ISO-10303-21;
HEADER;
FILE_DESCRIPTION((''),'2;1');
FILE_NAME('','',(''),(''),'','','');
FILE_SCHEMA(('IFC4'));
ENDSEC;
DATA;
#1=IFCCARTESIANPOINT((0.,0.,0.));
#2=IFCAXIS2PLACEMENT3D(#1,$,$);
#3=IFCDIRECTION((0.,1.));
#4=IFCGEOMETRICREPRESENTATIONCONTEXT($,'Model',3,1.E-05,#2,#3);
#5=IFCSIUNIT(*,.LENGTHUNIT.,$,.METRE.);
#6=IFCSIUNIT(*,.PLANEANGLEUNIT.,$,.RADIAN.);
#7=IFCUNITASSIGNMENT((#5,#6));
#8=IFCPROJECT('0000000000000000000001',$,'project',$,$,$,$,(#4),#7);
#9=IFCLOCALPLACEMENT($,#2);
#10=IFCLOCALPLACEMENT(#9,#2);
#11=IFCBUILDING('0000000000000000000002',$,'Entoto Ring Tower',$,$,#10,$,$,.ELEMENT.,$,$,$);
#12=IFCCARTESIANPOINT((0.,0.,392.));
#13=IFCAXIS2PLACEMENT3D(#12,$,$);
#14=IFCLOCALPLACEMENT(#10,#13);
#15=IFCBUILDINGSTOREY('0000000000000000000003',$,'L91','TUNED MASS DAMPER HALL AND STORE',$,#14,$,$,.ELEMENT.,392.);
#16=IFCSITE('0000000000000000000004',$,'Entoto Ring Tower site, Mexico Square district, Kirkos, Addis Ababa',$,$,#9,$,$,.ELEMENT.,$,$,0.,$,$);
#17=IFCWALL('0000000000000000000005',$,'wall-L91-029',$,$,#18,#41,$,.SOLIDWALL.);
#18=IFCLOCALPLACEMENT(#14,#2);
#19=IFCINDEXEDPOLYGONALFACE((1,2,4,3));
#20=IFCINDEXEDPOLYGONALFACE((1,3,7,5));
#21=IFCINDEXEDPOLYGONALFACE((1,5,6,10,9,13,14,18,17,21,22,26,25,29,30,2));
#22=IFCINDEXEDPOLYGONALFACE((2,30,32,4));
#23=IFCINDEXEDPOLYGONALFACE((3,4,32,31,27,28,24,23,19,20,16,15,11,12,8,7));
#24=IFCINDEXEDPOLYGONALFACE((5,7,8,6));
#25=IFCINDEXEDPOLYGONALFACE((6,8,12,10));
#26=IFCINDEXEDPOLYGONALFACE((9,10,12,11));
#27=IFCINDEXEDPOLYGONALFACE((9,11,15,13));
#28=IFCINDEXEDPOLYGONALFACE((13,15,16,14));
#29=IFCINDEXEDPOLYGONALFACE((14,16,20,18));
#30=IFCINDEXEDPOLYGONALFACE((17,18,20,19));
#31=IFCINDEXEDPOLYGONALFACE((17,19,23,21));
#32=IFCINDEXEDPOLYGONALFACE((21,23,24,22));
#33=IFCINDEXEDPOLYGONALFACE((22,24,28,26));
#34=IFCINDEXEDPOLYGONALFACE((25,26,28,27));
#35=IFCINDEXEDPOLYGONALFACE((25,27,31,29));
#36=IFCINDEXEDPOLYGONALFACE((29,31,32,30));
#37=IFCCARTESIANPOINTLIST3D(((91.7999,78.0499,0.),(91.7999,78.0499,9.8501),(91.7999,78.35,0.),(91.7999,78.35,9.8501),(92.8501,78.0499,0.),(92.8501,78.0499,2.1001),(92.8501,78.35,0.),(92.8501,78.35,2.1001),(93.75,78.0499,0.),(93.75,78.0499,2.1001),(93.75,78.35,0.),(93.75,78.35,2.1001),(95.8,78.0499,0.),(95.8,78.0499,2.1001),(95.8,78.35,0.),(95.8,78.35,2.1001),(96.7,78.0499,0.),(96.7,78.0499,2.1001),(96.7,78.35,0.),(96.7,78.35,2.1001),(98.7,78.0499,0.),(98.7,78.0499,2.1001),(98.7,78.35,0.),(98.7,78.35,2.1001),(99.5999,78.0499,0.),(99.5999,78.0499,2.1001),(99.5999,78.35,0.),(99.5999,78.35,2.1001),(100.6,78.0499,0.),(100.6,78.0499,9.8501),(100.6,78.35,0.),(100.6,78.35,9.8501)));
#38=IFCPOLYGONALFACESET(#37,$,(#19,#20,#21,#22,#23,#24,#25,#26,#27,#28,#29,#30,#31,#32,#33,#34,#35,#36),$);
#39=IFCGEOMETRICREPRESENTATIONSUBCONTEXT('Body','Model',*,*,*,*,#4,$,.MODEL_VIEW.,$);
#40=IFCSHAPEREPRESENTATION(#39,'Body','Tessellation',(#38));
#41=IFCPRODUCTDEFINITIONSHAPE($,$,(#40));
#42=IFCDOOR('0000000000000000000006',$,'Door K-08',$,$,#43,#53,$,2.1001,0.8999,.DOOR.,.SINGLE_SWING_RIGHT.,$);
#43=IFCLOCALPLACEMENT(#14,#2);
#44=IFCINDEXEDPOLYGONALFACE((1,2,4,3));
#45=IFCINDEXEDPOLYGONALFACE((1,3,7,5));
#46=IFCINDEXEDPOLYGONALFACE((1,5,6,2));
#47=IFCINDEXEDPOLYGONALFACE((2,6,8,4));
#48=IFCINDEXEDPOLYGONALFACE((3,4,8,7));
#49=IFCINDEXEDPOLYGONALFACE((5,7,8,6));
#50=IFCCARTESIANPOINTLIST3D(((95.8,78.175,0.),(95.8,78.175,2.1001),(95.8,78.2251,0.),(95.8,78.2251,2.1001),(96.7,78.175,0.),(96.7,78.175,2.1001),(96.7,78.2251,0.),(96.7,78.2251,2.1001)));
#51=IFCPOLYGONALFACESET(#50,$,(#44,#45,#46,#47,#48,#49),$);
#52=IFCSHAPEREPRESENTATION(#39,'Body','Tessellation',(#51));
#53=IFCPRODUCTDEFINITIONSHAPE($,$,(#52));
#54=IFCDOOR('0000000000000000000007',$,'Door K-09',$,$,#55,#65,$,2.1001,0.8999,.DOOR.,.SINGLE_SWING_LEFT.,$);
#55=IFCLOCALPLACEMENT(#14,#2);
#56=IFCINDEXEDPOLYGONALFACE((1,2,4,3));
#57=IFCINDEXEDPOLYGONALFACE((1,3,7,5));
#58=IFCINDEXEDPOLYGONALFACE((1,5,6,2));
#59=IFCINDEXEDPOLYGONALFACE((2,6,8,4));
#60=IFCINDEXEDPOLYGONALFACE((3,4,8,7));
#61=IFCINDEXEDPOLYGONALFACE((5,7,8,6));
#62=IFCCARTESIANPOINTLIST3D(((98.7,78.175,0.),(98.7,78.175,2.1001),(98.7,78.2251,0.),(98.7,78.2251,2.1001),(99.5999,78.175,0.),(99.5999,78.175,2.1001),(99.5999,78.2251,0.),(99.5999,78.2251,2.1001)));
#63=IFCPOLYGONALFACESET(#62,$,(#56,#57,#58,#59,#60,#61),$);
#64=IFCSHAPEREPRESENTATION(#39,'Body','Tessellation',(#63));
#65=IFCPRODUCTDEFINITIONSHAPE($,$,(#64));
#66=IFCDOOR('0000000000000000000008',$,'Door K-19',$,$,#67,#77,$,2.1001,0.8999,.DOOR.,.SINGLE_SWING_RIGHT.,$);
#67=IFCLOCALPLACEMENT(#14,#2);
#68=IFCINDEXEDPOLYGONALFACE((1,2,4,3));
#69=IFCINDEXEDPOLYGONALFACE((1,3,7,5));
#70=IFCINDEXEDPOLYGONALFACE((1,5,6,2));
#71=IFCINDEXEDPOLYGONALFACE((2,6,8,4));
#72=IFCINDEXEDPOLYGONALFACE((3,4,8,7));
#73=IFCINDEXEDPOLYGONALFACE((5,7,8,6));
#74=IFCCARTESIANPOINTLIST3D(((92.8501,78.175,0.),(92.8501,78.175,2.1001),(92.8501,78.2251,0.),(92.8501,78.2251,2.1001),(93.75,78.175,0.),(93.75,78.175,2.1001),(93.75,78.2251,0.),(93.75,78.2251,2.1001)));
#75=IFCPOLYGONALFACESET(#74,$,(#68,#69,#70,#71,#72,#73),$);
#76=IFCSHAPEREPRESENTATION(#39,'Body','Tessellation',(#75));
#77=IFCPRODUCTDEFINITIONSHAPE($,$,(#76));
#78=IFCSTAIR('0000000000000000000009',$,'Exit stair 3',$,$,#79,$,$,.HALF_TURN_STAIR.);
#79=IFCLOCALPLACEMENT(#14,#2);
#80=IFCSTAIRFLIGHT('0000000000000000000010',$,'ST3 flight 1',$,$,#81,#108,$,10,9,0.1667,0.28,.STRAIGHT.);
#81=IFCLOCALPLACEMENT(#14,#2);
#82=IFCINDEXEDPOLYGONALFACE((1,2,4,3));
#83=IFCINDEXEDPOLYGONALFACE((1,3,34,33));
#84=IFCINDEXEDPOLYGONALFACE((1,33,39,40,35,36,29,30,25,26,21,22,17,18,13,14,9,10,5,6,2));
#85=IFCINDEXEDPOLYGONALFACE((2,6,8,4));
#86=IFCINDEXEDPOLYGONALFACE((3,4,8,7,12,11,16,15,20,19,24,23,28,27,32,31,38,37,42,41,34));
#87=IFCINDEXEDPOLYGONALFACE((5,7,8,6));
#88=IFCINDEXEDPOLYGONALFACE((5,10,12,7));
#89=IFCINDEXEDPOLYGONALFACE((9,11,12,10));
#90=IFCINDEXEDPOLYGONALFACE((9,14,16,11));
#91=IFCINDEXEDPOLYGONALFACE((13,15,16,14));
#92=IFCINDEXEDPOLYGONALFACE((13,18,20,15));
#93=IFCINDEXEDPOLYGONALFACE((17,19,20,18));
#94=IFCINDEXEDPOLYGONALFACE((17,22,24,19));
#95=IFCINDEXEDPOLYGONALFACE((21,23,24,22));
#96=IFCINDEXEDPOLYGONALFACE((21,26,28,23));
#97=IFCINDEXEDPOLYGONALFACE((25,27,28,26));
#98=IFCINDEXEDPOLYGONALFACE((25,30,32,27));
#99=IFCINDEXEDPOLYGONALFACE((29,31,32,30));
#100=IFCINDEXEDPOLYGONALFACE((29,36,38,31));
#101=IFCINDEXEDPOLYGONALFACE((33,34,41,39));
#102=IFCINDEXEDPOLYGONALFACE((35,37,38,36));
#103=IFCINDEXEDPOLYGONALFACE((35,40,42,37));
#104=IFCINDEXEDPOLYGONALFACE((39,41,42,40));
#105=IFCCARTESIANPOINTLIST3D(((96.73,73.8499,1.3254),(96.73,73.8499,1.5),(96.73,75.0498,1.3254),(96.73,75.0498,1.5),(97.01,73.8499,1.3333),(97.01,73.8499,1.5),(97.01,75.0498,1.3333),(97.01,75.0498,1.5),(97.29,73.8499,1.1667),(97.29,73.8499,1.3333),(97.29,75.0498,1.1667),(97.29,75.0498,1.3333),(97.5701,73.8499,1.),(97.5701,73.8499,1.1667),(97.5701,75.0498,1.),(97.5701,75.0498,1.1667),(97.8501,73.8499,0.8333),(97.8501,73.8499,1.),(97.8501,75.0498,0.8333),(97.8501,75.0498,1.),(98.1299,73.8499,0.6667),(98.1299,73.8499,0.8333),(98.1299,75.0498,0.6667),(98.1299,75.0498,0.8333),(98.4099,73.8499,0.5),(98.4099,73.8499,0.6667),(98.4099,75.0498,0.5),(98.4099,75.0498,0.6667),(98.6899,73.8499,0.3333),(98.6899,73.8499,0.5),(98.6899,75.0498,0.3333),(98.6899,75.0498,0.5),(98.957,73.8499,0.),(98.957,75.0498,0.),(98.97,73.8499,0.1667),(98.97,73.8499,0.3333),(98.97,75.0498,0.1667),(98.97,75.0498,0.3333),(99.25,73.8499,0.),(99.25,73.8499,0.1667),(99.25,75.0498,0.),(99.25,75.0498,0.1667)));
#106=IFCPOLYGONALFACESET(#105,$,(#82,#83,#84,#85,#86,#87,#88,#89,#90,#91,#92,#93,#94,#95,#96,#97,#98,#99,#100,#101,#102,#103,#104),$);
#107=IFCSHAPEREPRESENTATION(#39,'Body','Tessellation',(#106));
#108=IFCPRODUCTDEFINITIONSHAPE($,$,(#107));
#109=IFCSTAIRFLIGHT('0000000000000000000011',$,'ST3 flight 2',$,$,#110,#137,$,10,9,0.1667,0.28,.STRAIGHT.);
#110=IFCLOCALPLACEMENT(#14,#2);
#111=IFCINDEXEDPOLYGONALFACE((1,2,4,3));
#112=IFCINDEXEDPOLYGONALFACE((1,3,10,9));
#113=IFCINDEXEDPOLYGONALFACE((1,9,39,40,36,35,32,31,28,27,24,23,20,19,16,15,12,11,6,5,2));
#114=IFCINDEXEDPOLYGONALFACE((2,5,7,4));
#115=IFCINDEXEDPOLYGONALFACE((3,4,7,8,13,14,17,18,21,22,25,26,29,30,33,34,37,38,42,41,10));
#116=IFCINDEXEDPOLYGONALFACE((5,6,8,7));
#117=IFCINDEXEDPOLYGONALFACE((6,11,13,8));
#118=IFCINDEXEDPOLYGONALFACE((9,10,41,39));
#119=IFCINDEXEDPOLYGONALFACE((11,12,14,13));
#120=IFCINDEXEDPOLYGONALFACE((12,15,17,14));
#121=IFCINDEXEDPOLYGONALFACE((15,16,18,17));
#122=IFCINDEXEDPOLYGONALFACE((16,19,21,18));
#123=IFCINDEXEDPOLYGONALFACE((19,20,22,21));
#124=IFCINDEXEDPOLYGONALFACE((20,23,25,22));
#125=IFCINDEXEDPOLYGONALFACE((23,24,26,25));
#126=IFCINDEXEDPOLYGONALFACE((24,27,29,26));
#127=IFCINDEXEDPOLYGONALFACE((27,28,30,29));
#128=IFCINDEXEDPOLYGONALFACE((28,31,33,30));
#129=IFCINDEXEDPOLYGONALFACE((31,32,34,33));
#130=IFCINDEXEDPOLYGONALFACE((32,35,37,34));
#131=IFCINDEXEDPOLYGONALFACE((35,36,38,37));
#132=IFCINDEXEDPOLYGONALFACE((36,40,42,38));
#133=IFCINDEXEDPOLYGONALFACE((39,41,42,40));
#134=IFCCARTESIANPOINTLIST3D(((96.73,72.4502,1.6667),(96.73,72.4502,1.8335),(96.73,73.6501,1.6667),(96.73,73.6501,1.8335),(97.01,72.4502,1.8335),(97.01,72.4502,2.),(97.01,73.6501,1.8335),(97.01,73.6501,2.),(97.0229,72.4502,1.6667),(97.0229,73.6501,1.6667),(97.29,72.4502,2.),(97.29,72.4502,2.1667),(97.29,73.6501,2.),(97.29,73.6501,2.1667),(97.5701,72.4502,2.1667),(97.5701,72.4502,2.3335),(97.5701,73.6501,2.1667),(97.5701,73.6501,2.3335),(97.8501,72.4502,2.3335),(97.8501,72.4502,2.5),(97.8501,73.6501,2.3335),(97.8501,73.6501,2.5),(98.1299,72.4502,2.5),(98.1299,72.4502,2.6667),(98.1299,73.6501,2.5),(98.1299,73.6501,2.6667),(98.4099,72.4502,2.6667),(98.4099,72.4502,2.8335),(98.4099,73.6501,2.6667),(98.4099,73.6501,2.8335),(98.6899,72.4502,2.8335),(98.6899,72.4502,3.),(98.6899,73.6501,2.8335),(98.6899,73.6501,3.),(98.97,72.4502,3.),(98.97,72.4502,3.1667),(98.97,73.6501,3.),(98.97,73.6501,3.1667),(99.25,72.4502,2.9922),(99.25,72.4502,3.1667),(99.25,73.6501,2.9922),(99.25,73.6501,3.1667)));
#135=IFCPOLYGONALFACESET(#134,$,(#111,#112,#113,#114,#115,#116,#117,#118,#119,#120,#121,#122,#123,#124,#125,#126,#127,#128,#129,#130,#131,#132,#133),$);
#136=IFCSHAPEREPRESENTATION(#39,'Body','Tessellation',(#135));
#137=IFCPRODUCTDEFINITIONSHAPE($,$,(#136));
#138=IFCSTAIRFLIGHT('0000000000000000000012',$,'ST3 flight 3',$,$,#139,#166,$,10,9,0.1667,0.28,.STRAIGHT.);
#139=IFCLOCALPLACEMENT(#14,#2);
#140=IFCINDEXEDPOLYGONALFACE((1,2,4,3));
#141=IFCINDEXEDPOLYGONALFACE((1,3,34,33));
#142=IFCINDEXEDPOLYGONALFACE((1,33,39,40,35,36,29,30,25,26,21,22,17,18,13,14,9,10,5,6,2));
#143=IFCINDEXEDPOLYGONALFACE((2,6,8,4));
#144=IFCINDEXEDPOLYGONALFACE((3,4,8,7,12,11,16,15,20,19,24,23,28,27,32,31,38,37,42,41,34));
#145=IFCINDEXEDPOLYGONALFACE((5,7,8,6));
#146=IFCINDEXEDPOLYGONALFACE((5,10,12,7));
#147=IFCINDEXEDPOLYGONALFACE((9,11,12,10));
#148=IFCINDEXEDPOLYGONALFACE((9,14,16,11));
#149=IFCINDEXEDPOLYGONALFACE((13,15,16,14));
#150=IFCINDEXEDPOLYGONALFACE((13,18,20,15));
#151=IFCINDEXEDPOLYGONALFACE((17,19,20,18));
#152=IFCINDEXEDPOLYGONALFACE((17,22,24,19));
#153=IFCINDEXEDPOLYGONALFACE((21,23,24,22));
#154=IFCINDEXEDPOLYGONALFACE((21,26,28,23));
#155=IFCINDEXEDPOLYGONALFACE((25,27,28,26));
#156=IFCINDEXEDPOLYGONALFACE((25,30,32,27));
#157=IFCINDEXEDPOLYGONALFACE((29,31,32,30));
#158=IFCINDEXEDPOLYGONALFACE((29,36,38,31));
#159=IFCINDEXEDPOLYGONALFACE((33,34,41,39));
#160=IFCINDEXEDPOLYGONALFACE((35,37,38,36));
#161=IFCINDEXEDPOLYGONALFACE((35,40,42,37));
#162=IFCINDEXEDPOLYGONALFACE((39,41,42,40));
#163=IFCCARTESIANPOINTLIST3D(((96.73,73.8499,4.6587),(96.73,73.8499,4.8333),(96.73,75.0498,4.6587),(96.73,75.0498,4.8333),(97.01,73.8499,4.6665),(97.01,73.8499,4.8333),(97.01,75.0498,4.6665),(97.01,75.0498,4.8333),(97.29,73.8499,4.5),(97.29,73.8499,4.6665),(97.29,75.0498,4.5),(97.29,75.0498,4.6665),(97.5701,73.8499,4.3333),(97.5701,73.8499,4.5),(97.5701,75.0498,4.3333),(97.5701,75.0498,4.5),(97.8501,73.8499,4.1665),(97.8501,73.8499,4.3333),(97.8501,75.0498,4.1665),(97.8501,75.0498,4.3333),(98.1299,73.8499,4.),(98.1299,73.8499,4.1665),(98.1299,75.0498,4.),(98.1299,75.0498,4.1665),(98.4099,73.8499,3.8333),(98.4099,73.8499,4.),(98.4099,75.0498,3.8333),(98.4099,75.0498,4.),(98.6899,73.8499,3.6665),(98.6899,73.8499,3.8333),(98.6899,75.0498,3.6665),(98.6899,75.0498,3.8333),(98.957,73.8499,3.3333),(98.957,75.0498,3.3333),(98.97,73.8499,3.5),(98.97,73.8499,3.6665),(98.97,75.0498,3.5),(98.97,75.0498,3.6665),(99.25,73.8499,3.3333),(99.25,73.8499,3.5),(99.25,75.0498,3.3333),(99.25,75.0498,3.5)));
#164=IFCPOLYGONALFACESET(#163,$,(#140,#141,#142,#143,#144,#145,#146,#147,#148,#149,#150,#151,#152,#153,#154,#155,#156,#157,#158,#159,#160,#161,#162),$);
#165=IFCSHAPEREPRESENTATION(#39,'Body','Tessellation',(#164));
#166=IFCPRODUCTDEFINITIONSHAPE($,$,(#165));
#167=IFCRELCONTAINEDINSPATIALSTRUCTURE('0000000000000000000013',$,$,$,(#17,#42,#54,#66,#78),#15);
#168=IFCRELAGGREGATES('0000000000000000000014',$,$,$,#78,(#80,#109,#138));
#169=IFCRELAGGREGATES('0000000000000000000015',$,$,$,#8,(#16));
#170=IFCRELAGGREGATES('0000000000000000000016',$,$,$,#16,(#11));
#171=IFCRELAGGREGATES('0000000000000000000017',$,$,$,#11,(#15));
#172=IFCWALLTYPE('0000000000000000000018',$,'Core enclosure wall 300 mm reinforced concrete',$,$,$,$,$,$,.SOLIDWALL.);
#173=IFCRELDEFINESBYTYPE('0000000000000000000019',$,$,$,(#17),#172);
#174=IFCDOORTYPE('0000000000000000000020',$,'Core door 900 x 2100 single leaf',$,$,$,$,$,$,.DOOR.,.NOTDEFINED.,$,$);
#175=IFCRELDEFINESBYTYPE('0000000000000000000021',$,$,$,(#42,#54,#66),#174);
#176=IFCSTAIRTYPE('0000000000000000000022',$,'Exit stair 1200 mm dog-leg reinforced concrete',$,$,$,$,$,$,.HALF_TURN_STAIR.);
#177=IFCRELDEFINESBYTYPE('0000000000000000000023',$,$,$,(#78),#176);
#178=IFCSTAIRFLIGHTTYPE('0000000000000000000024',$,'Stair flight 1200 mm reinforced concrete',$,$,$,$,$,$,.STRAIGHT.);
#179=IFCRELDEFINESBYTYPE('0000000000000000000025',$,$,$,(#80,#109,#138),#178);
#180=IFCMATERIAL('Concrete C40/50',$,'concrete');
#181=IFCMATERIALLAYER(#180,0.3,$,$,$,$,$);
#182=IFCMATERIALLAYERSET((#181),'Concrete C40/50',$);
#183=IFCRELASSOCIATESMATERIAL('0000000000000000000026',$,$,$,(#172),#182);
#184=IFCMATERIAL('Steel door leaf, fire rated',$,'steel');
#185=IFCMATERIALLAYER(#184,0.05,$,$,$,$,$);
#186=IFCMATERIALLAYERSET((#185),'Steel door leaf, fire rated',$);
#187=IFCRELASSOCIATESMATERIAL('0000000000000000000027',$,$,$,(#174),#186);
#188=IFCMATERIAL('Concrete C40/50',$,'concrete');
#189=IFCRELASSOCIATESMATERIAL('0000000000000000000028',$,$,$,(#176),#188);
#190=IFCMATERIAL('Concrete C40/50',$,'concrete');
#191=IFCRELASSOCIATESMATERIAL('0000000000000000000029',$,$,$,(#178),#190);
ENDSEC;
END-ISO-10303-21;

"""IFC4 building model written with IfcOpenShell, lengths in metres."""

from ifc_helpers import new_model, si_unit, direction, frame, frame_2d, origin, place, context, subcontext, project, spatial, polyline, rectangle, outline, extrude, material, layer, layer_set, type_object, element, fill, aggregate, save


model = new_model("IFC4")

# Units and contexts
model_context = context("Model", 3, precision=1e-05, world=origin(), true_north=direction((0.0, 1.0)))
body_context = subcontext(model_context, "Body", "Model", "MODEL_VIEW")
ifc_project = project(units=[si_unit("LENGTHUNIT", "METRE"), si_unit("PLANEANGLEUNIT", "RADIAN")], contexts=[model_context])

# Site, building, storey
site_placement = place(None, origin())
site = spatial("IfcSite", under=ifc_project, at=site_placement, Name="Entoto Ring Tower site, Mexico Square district, Kirkos, Addis Ababa", CompositionType="ELEMENT", RefElevation=0.0)
building_placement = place(site_placement, origin())
building = spatial("IfcBuilding", under=site, at=building_placement, Name="Entoto Ring Tower", CompositionType="ELEMENT")
storey_placement = place(building_placement, frame((0.0, 0.0, 392.0)))
storey = spatial("IfcBuildingStorey", under=building, at=storey_placement, Name="L91", Description="TUNED MASS DAMPER HALL AND STORE", CompositionType="ELEMENT", Elevation=392.0)

# Shared definitions
ifc_material_1 = material(Name="Concrete C40/50", Category="concrete")
ifc_layer_1 = layer(ifc_material_1, 0.3)
ifc_layer_set_1 = layer_set([ifc_layer_1], Name="Concrete C40/50")
wall_type = type_object("IfcWallType", Name="Core enclosure wall 300 mm reinforced concrete", PredefinedType="SOLIDWALL", material=ifc_layer_set_1)

# Wall, openings, doors
wall_1_placement = place(storey_placement, frame((91.8, 78.2, 0.0), z_axis=(0.0, 0.0, 1.0), x_axis=(1.0, 0.0, 0.0)))
wall_1 = element("IfcWall", 1, at=wall_1_placement, inside=storey, type_object=wall_type, Name="wall-L91-029", PredefinedType="SOLIDWALL", context=body_context, shape_type="SweptSolid", body=[
    extrude(rectangle(XDim=8.8, YDim=0.3, at=frame_2d((4.3999, 0.0))), origin(), (0.0, 0.0, 1.0), 9.8501),
])
opening_1_placement = place(wall_1_placement, frame((4.0, 0.0, 0.0)))
opening_1 = element("IfcOpeningElement", 2, at=opening_1_placement, cuts=wall_1, PredefinedType="OPENING", context=body_context, shape_type="SweptSolid", body=[
    extrude(rectangle(XDim=0.8999, YDim=2.1001, at=frame_2d((0.45, 1.05))), frame((0.0, 0.1602, 0.0), z_axis=(0.0, -1.0, 0.0), x_axis=(1.0, 0.0, 0.0)), (0.0, 0.0, 1.0), 0.3201),
])
opening_2_placement = place(wall_1_placement, frame((6.8999, 0.0, 0.0)))
opening_2 = element("IfcOpeningElement", 3, at=opening_2_placement, cuts=wall_1, PredefinedType="OPENING", context=body_context, shape_type="SweptSolid", body=[
    extrude(rectangle(XDim=0.8999, YDim=2.1001, at=frame_2d((0.45, 1.05))), frame((0.0, 0.1602, 0.0), z_axis=(0.0, -1.0, 0.0), x_axis=(1.0, 0.0, 0.0)), (0.0, 0.0, 1.0), 0.3201),
])
opening_3_placement = place(wall_1_placement, frame((1.05, 0.0, 0.0)))
opening_3 = element("IfcOpeningElement", 4, at=opening_3_placement, cuts=wall_1, PredefinedType="OPENING", context=body_context, shape_type="SweptSolid", body=[
    extrude(rectangle(XDim=0.8999, YDim=2.1001, at=frame_2d((0.45, 1.05))), frame((0.0, 0.1602, 0.0), z_axis=(0.0, -1.0, 0.0), x_axis=(1.0, 0.0, 0.0)), (0.0, 0.0, 1.0), 0.3201),
])
ifc_material_2 = material(Name="Steel door leaf, fire rated", Category="steel")
ifc_layer_2 = layer(ifc_material_2, 0.05)
ifc_layer_set_2 = layer_set([ifc_layer_2], Name="Steel door leaf, fire rated")
door_type_1 = type_object("IfcDoorType", Name="Core door 900 x 2100 single leaf", OperationType="NOTDEFINED", PredefinedType="DOOR", material=ifc_layer_set_2)
door_1_placement = place(opening_1_placement, frame((0.8999, 0.0, 0.0), z_axis=(0.0, 0.0, 1.0), x_axis=(-1.0, 0.0, 0.0)))
door_1 = element("IfcDoor", 5, at=door_1_placement, inside=storey, type_object=door_type_1, Name="Door K-08", OperationType="SINGLE_SWING_RIGHT", OverallHeight=2.1001, OverallWidth=0.8999, PredefinedType="DOOR", context=body_context, shape_type="SweptSolid", body=[
    extrude(rectangle(XDim=0.8999, YDim=2.1001, at=frame_2d((0.45, 1.05))), frame((0.0, 0.0249, 0.0), z_axis=(0.0, -1.0, 0.0), x_axis=(1.0, 0.0, 0.0)), (0.0, 0.0, 1.0), 0.05),
])
fill(opening_1, door_1)
door_2_placement = place(opening_2_placement, frame((0.8999, 0.0, 0.0), z_axis=(0.0, 0.0, 1.0), x_axis=(-1.0, 0.0, 0.0)))
door_2 = element("IfcDoor", 6, at=door_2_placement, inside=storey, type_object=door_type_1, Name="Door K-09", OperationType="SINGLE_SWING_LEFT", OverallHeight=2.1001, OverallWidth=0.8999, PredefinedType="DOOR", context=body_context, shape_type="SweptSolid", body=[
    extrude(rectangle(XDim=0.8999, YDim=2.1001, at=frame_2d((0.45, 1.05))), frame((0.0, 0.0249, 0.0), z_axis=(0.0, -1.0, 0.0), x_axis=(1.0, 0.0, 0.0)), (0.0, 0.0, 1.0), 0.05),
])
fill(opening_2, door_2)
door_3_placement = place(opening_3_placement, frame((0.8999, 0.0, 0.0), z_axis=(0.0, 0.0, 1.0), x_axis=(-1.0, 0.0, 0.0)))
door_3 = element("IfcDoor", 7, at=door_3_placement, inside=storey, type_object=door_type_1, Name="Door K-19", OperationType="SINGLE_SWING_RIGHT", OverallHeight=2.1001, OverallWidth=0.8999, PredefinedType="DOOR", context=body_context, shape_type="SweptSolid", body=[
    extrude(rectangle(XDim=0.8999, YDim=2.1001, at=frame_2d((0.45, 1.05))), frame((0.0, 0.0249, 0.0), z_axis=(0.0, -1.0, 0.0), x_axis=(1.0, 0.0, 0.0)), (0.0, 0.0, 1.0), 0.05),
])
fill(opening_3, door_3)

# Stair, stair flights
ifc_material_3 = material(Name="Concrete C40/50", Category="concrete")
stair_type = type_object("IfcStairType", Name="Exit stair 1200 mm dog-leg reinforced concrete", PredefinedType="HALF_TURN_STAIR", material=ifc_material_3)
stair_placement = place(storey_placement, origin())
stair = element("IfcStair", 8, at=stair_placement, inside=storey, type_object=stair_type, Name="Exit stair 3", PredefinedType="HALF_TURN_STAIR")
ifc_material_4 = material(Name="Concrete C40/50", Category="concrete")
stair_flight_type = type_object("IfcStairFlightType", Name="Stair flight 1200 mm reinforced concrete", PredefinedType="STRAIGHT", material=ifc_material_4)
stair_flight_1_placement = place(storey_placement, frame((99.25, 74.45, 0.0), z_axis=(0.0, 0.0, 1.0), x_axis=(-1.0, 0.0, 0.0)))
stair_flight_1 = element("IfcStairFlight", 9, at=stair_flight_1_placement, type_object=stair_flight_type, Name="ST3 flight 1", NumberOfRisers=10, NumberOfTreads=9, PredefinedType="STRAIGHT", RiserHeight=0.1667, TreadLength=0.28, context=body_context, shape_type="SweptSolid", body=[
    extrude(outline(polyline([(0.0, 0.0), (0.0, 0.1667), (0.28, 0.1667), (0.28, 0.3333), (0.5601, 0.3333), (0.5601, 0.5), (0.8401, 0.5), (0.8401, 0.6667), (1.1201, 0.6667), (1.1201, 0.8333), (1.3999, 0.8333), (1.3999, 1.0), (1.6799, 1.0), (1.6799, 1.1667), (1.96, 1.1667), (1.96, 1.3333), (2.24, 1.3333), (2.24, 1.5), (2.52, 1.5), (2.52, 1.6667), (2.52, 1.3254), (0.293, 0.0), (0.0, 0.0)])), frame((0.0, 0.6001, 0.0), z_axis=(0.0, -1.0, 0.0), x_axis=(1.0, 0.0, 0.0)), (0.0, 0.0, 1.0), 1.2),
])
stair_flight_2_placement = place(storey_placement, frame((96.73, 73.05, 1.6667), z_axis=(0.0, 0.0, 1.0), x_axis=(1.0, 0.0, 0.0)))
stair_flight_2 = element("IfcStairFlight", 10, at=stair_flight_2_placement, type_object=stair_flight_type, Name="ST3 flight 2", NumberOfRisers=10, NumberOfTreads=9, PredefinedType="STRAIGHT", RiserHeight=0.1667, TreadLength=0.28, context=body_context, shape_type="SweptSolid", body=[
    extrude(outline(polyline([(0.0, 0.0), (0.0, 0.1667), (0.28, 0.1667), (0.28, 0.3333), (0.5601, 0.3333), (0.5601, 0.5), (0.8401, 0.5), (0.8401, 0.6667), (1.1201, 0.6667), (1.1201, 0.8333), (1.3999, 0.8333), (1.3999, 1.0), (1.6799, 1.0), (1.6799, 1.1667), (1.96, 1.1667), (1.96, 1.3333), (2.24, 1.3333), (2.24, 1.5), (2.52, 1.5), (2.52, 1.6667), (2.52, 1.3254), (0.293, 0.0), (0.0, 0.0)])), frame((0.0, 0.6001, 0.0), z_axis=(0.0, -1.0, 0.0), x_axis=(1.0, 0.0, 0.0)), (0.0, 0.0, 1.0), 1.2),
])
stair_flight_3_placement = place(storey_placement, frame((99.25, 74.45, 3.3333), z_axis=(0.0, 0.0, 1.0), x_axis=(-1.0, 0.0, 0.0)))
stair_flight_3 = element("IfcStairFlight", 11, at=stair_flight_3_placement, type_object=stair_flight_type, Name="ST3 flight 3", NumberOfRisers=10, NumberOfTreads=9, PredefinedType="STRAIGHT", RiserHeight=0.1667, TreadLength=0.28, context=body_context, shape_type="SweptSolid", body=[
    extrude(outline(polyline([(0.0, 0.0), (0.0, 0.1667), (0.28, 0.1667), (0.28, 0.3333), (0.5601, 0.3333), (0.5601, 0.5), (0.8401, 0.5), (0.8401, 0.6667), (1.1201, 0.6667), (1.1201, 0.8333), (1.3999, 0.8333), (1.3999, 1.0), (1.6799, 1.0), (1.6799, 1.1667), (1.96, 1.1667), (1.96, 1.3333), (2.24, 1.3333), (2.24, 1.5), (2.52, 1.5), (2.52, 1.6667), (2.52, 1.3254), (0.293, 0.0), (0.0, 0.0)])), frame((0.0, 0.6001, 0.0), z_axis=(0.0, -1.0, 0.0), x_axis=(1.0, 0.0, 0.0)), (0.0, 0.0, 1.0), 1.2),
])
aggregate(stair, [stair_flight_1, stair_flight_2, stair_flight_3])

save(model, "model.ifc")
